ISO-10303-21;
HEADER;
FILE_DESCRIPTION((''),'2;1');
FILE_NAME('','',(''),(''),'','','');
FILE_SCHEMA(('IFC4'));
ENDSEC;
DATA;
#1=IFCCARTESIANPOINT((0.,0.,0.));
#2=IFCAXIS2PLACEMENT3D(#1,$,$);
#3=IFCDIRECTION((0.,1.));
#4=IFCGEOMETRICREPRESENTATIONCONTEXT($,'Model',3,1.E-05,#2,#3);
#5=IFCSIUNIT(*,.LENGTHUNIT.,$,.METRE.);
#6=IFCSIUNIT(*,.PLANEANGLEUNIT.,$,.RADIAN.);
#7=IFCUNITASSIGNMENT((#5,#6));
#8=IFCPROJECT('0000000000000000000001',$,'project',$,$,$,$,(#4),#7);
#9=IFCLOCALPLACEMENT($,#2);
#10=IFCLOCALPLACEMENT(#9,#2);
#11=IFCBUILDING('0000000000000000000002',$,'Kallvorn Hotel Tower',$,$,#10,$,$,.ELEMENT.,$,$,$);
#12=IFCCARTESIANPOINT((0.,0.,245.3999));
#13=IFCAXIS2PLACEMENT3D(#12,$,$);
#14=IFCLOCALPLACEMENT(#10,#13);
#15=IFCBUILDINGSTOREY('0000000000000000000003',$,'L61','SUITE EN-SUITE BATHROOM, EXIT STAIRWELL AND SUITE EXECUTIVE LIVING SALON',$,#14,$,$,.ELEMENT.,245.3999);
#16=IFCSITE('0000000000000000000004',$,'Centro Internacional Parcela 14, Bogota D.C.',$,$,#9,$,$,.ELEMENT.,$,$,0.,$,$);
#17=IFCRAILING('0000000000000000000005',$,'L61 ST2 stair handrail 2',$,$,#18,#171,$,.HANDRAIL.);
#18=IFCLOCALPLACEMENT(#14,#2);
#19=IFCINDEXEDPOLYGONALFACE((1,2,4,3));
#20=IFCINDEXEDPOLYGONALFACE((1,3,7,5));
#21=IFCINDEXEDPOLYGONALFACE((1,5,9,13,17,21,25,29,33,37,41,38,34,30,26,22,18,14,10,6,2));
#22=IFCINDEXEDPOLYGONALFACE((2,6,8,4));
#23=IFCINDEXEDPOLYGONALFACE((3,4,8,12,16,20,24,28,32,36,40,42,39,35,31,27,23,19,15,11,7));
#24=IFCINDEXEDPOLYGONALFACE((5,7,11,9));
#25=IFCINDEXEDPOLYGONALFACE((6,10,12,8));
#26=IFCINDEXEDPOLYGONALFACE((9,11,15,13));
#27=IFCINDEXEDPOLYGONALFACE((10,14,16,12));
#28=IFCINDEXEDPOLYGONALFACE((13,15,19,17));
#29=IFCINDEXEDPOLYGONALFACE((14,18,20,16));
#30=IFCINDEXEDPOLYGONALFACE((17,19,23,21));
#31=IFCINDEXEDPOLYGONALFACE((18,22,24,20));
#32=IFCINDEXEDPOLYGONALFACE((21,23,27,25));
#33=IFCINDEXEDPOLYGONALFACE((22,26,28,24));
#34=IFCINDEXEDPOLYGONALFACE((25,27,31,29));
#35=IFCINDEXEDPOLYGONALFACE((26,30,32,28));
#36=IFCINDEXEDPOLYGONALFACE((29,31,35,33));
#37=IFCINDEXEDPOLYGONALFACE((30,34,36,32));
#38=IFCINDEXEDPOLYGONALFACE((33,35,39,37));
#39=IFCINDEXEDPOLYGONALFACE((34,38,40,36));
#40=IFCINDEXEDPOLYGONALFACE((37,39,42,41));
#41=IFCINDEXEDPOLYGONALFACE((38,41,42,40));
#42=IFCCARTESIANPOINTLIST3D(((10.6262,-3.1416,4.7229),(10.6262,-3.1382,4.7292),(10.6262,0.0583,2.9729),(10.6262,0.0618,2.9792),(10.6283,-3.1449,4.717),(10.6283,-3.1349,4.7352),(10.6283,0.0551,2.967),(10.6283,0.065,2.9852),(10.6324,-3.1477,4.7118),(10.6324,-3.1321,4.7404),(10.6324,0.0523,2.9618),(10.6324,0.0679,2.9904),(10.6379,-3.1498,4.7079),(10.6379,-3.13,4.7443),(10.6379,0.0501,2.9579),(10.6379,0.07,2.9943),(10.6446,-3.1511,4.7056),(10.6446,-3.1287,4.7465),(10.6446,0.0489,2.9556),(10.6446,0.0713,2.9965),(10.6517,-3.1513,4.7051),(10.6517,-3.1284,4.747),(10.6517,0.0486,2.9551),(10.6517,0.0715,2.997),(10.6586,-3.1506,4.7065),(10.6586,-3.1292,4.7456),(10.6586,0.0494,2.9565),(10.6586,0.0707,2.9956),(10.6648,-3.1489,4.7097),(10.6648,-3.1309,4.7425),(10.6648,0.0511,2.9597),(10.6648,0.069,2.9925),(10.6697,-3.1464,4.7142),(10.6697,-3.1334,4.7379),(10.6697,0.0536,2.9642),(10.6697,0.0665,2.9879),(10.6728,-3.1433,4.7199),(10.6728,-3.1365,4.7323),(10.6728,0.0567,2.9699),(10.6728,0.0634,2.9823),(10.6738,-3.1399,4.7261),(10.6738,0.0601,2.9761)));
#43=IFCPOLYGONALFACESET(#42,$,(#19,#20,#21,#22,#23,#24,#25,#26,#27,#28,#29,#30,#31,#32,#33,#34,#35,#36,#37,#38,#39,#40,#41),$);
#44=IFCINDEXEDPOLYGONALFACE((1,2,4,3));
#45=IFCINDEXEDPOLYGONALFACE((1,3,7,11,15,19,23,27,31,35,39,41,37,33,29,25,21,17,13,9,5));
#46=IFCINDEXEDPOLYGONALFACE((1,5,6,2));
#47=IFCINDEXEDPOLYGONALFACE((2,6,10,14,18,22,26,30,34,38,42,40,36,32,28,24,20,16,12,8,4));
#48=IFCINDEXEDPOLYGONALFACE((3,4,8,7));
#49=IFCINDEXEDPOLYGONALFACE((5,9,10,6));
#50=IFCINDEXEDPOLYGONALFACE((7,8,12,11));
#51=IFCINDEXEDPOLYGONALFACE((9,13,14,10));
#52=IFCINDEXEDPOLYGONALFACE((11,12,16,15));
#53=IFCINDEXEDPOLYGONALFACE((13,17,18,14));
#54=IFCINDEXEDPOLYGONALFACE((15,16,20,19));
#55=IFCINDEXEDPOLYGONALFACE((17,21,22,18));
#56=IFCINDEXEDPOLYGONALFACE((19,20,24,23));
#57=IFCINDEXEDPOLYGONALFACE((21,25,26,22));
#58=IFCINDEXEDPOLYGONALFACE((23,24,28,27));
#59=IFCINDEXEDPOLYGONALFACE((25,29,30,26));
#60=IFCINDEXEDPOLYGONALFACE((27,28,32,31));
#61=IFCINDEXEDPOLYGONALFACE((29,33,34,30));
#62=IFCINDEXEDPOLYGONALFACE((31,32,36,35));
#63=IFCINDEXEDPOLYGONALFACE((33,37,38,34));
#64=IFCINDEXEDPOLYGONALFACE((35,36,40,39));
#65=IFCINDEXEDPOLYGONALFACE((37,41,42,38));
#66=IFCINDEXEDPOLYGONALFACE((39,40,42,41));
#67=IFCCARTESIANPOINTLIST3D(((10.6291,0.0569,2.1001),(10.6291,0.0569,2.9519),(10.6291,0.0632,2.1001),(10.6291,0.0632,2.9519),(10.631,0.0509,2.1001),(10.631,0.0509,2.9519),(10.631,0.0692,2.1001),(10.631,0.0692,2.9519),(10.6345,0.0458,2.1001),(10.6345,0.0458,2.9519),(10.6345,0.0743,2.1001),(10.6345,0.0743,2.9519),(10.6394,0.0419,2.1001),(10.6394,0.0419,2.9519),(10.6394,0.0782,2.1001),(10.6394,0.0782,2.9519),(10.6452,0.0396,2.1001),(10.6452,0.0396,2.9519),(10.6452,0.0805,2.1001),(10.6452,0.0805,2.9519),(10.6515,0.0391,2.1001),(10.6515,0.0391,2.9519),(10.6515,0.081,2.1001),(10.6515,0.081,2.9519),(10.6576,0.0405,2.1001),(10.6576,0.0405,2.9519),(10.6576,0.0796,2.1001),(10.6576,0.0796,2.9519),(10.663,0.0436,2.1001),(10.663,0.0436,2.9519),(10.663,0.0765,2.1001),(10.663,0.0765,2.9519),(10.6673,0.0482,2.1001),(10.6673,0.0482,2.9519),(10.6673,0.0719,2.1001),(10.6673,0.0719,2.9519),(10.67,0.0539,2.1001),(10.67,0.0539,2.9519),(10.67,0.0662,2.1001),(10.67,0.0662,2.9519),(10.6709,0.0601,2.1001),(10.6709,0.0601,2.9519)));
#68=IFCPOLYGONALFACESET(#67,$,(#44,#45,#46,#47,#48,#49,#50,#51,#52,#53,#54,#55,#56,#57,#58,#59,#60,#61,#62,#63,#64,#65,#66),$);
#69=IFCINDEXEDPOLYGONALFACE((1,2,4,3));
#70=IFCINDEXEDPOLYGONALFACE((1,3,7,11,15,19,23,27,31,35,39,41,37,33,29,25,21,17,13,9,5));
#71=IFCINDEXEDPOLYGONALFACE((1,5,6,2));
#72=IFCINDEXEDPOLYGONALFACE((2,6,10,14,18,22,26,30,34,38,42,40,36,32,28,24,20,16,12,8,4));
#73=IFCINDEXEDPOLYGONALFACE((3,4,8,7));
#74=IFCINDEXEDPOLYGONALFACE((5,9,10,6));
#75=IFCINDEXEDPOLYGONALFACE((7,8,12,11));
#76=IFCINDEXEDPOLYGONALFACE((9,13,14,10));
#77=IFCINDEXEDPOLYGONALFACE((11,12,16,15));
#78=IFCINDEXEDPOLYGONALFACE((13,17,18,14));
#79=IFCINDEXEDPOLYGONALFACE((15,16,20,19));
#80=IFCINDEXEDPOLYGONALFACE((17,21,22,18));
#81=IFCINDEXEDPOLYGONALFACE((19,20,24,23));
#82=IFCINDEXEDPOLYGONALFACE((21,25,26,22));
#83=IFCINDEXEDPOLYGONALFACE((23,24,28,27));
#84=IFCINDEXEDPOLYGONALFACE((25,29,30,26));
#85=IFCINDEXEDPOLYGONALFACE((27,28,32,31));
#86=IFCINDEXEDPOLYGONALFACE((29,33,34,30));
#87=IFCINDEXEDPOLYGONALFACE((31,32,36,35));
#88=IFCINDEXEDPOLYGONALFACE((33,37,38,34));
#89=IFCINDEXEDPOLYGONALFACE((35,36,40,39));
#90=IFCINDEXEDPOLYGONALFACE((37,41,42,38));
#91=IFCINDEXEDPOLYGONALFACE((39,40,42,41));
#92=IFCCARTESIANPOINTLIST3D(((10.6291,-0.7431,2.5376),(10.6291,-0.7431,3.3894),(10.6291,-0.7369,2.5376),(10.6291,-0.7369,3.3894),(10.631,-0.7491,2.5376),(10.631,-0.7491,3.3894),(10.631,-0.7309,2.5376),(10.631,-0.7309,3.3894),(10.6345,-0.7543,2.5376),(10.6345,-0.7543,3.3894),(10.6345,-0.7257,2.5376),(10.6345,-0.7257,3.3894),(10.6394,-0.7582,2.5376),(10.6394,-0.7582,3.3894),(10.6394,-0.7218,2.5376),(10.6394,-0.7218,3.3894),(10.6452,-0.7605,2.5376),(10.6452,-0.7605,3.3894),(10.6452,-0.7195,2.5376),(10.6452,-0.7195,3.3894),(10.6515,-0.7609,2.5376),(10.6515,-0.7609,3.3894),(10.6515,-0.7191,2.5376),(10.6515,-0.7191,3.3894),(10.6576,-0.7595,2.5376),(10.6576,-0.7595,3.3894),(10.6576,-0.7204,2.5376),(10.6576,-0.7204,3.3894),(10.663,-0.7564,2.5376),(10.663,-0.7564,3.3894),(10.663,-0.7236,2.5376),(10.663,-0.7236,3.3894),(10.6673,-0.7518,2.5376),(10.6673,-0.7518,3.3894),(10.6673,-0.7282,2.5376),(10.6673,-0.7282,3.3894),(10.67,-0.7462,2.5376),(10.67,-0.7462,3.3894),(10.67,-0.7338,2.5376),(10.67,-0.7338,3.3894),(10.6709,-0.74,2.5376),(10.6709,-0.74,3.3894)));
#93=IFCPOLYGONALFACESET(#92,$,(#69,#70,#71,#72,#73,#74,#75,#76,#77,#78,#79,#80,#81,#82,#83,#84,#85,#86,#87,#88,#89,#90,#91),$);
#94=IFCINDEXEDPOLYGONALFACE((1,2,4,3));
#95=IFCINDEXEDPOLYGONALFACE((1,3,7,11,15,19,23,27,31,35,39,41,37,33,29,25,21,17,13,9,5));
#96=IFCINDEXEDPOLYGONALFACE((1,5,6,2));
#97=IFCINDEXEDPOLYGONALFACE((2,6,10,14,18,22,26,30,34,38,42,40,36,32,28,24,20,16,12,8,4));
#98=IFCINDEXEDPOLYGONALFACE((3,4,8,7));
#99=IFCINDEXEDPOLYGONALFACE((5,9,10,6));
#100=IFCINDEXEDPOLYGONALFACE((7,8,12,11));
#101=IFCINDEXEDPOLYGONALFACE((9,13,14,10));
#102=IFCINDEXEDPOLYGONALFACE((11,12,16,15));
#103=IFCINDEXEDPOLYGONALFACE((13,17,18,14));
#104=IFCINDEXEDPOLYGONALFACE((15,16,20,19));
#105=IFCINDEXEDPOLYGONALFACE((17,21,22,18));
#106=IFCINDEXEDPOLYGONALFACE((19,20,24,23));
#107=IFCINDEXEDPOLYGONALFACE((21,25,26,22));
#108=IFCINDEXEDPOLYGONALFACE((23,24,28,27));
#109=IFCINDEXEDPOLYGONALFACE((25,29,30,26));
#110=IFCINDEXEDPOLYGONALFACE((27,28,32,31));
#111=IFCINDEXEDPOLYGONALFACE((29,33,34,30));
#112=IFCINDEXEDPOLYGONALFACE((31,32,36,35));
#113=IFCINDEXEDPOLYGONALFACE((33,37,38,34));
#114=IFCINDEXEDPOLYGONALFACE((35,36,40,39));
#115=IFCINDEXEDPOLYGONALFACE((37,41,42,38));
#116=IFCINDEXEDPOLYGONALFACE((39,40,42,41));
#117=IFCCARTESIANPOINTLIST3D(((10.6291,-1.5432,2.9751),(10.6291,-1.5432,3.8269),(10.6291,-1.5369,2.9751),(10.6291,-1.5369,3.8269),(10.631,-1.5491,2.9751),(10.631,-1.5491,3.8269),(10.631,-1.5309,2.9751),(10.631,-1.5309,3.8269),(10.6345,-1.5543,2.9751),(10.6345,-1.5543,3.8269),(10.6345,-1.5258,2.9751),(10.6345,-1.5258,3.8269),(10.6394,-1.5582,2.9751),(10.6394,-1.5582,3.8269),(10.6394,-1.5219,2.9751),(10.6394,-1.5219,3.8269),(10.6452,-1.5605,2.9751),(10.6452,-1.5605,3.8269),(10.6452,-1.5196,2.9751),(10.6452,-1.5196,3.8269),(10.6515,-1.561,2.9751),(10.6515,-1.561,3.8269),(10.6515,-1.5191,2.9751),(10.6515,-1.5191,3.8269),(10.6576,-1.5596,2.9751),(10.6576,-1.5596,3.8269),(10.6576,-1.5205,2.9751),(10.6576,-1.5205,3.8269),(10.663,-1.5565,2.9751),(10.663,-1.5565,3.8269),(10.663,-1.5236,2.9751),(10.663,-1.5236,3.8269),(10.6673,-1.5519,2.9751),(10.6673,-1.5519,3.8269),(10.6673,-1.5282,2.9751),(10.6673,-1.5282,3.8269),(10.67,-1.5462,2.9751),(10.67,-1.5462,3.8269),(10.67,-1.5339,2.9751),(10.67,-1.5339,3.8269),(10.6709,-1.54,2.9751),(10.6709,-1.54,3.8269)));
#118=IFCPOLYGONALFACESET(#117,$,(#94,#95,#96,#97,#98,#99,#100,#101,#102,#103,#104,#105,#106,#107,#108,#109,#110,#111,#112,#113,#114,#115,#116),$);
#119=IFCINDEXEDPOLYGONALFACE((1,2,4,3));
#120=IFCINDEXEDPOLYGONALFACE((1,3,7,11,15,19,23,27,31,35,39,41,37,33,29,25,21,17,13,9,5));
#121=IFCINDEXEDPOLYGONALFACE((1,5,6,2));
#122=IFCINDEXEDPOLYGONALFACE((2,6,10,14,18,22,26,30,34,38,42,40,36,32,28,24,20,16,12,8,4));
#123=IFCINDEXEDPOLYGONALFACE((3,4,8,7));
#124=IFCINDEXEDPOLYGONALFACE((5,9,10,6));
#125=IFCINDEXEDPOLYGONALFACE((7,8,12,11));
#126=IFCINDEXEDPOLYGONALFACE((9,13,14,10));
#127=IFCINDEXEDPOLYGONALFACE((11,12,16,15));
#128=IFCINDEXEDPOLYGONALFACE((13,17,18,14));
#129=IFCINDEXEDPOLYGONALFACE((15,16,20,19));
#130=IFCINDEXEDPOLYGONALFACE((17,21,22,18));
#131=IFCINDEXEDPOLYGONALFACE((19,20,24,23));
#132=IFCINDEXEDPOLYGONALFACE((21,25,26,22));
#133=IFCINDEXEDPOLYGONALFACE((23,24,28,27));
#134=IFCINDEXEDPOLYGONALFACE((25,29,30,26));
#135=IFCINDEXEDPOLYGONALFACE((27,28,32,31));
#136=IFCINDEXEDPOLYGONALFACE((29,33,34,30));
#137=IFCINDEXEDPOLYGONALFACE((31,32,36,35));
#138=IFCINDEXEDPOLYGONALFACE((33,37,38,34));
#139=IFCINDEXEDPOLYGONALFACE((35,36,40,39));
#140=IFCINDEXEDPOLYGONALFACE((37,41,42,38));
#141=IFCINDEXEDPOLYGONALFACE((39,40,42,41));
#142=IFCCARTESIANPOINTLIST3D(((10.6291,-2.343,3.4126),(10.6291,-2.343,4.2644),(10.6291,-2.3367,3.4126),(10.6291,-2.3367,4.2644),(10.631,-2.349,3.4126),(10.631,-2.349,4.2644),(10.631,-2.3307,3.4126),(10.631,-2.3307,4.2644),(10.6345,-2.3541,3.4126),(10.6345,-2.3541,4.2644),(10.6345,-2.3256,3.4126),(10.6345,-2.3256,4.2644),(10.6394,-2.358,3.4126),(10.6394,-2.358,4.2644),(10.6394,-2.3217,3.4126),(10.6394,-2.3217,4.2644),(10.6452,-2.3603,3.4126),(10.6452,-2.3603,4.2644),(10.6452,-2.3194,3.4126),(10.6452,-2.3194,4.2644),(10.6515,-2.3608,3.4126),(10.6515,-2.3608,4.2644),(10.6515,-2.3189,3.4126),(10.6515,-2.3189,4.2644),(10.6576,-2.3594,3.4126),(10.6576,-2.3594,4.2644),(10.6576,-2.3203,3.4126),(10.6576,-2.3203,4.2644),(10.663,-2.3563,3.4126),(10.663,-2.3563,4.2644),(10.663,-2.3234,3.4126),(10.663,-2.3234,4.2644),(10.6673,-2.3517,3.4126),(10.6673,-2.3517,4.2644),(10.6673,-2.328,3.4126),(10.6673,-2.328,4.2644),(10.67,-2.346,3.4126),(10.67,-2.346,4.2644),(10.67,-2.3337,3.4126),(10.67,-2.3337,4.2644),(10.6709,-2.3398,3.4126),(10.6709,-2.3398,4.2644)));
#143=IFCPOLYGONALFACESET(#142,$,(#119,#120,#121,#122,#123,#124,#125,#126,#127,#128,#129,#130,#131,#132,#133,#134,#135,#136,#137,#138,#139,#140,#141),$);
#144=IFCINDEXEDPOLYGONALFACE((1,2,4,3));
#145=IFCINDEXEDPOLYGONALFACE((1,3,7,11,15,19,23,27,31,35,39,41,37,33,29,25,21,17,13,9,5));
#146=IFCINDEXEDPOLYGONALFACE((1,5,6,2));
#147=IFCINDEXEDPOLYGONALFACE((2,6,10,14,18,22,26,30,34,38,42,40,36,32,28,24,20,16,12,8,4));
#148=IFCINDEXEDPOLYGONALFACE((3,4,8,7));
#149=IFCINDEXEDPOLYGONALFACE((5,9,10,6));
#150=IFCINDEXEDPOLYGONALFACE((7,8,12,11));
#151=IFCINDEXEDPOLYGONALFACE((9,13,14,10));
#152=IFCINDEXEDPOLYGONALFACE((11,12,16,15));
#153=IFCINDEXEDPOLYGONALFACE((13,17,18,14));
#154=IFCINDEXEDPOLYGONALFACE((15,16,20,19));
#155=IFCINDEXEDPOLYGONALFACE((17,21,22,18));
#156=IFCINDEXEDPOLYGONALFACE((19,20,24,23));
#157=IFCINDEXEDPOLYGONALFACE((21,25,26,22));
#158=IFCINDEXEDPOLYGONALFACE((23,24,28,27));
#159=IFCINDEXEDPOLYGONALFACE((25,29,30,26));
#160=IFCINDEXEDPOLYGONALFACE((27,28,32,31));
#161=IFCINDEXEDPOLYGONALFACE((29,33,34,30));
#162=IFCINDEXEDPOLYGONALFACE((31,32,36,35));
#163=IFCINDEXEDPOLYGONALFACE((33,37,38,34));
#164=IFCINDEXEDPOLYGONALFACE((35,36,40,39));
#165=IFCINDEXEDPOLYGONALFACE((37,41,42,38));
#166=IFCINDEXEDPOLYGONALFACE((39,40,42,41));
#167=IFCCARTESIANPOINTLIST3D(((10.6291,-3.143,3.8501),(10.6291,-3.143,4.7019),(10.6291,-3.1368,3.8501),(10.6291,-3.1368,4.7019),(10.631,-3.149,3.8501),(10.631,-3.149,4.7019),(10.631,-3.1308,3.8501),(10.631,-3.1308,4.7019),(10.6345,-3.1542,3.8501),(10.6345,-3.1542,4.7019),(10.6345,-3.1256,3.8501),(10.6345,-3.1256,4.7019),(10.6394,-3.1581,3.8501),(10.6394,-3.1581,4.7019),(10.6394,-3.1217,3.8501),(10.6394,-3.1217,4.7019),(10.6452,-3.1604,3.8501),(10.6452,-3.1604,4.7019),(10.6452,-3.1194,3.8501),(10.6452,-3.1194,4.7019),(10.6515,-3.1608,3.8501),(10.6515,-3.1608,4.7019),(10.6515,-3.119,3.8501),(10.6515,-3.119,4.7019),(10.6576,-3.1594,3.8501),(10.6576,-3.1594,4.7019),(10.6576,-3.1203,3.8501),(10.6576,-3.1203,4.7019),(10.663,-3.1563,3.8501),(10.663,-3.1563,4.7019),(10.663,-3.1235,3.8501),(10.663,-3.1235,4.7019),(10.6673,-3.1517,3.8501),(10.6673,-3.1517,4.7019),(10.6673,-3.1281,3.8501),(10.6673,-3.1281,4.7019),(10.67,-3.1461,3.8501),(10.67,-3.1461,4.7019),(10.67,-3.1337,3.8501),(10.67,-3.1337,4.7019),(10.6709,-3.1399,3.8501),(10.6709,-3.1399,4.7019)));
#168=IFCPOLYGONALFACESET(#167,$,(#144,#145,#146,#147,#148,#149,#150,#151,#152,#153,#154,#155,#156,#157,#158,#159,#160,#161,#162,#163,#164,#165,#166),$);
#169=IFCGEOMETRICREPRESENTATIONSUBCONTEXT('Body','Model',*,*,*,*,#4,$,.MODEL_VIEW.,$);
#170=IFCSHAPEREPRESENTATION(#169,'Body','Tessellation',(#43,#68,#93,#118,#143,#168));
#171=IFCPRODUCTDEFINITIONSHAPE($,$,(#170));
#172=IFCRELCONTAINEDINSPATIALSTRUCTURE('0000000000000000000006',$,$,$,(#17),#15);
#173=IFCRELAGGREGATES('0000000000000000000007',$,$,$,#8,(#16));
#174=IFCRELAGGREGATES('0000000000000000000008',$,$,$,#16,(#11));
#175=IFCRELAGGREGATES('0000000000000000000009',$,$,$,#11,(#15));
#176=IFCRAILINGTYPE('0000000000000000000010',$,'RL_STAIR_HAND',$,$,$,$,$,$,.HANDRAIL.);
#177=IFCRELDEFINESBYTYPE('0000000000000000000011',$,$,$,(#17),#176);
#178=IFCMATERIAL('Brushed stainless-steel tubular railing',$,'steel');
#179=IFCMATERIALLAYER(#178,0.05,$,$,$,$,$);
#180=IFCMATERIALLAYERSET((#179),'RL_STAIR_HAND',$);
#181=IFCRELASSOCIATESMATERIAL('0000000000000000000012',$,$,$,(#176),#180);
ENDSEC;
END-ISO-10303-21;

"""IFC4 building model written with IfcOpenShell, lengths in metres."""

from ifc_helpers import new_model, si_unit, direction, frame, origin, origin_2d, place, context, subcontext, project, spatial, circle, extrude, material, layer, layer_set, type_object, element, save


model = new_model("IFC4")

# Units and contexts
model_context = context("Model", 3, precision=1e-05, world=origin(), true_north=direction((0.0, 1.0)))
body_context = subcontext(model_context, "Body", "Model", "MODEL_VIEW")
ifc_project = project(units=[si_unit("LENGTHUNIT", "METRE"), si_unit("PLANEANGLEUNIT", "RADIAN")], contexts=[model_context])

# Site, building, storey
site_placement = place(None, origin())
site = spatial("IfcSite", under=ifc_project, at=site_placement, Name="Centro Internacional Parcela 14, Bogota D.C.", CompositionType="ELEMENT", RefElevation=0.0)
building_placement = place(site_placement, origin())
building = spatial("IfcBuilding", under=site, at=building_placement, Name="Kallvorn Hotel Tower", CompositionType="ELEMENT")
storey_placement = place(building_placement, frame((0.0, 0.0, 245.3999)))
storey = spatial("IfcBuildingStorey", under=building, at=storey_placement, Name="L61", Description="SUITE EN-SUITE BATHROOM, EXIT STAIRWELL AND SUITE EXECUTIVE LIVING SALON", CompositionType="ELEMENT", Elevation=245.3999)

# Railing
ifc_material_1 = material(Name="Brushed stainless-steel tubular railing", Category="steel")
ifc_layer_1 = layer(ifc_material_1, 0.05)
ifc_layer_set_1 = layer_set([ifc_layer_1], Name="RL_STAIR_HAND")
railing_type_1 = type_object("IfcRailingType", Name="RL_STAIR_HAND", PredefinedType="HANDRAIL", material=ifc_layer_set_1)
railing_1_placement = place(storey_placement, frame((10.6499, 0.0601, 2.1001)))
element("IfcRailing", 1, at=railing_1_placement, inside=storey, type_object=railing_type_1, Name="L61 ST2 stair handrail 2", PredefinedType="HANDRAIL", context=body_context, shape_type="SweptSolid", body=[
    extrude(circle(Radius=0.0239, at=origin_2d()), frame((0.0, 0.0, 0.876), z_axis=(0.0, -0.877368, 0.479818), x_axis=(1.0, 0.0, 0.0)), (0.0, 0.0, 1.0), 3.6472),
    extrude(circle(Radius=0.021, at=origin_2d()), origin(), (0.0, 0.0, 1.0), 0.8518),
    extrude(circle(Radius=0.021, at=origin_2d()), frame((0.0, -0.8, 0.4375)), (0.0, 0.0, 1.0), 0.8518),
    extrude(circle(Radius=0.021, at=origin_2d()), frame((0.0, -1.6001, 0.875)), (0.0, 0.0, 1.0), 0.8518),
    extrude(circle(Radius=0.021, at=origin_2d()), frame((0.0, -2.3999, 1.3125)), (0.0, 0.0, 1.0), 0.8518),
    extrude(circle(Radius=0.021, at=origin_2d()), frame((0.0, -3.2, 1.75)), (0.0, 0.0, 1.0), 0.8518),
])

save(model, "model.ifc")
